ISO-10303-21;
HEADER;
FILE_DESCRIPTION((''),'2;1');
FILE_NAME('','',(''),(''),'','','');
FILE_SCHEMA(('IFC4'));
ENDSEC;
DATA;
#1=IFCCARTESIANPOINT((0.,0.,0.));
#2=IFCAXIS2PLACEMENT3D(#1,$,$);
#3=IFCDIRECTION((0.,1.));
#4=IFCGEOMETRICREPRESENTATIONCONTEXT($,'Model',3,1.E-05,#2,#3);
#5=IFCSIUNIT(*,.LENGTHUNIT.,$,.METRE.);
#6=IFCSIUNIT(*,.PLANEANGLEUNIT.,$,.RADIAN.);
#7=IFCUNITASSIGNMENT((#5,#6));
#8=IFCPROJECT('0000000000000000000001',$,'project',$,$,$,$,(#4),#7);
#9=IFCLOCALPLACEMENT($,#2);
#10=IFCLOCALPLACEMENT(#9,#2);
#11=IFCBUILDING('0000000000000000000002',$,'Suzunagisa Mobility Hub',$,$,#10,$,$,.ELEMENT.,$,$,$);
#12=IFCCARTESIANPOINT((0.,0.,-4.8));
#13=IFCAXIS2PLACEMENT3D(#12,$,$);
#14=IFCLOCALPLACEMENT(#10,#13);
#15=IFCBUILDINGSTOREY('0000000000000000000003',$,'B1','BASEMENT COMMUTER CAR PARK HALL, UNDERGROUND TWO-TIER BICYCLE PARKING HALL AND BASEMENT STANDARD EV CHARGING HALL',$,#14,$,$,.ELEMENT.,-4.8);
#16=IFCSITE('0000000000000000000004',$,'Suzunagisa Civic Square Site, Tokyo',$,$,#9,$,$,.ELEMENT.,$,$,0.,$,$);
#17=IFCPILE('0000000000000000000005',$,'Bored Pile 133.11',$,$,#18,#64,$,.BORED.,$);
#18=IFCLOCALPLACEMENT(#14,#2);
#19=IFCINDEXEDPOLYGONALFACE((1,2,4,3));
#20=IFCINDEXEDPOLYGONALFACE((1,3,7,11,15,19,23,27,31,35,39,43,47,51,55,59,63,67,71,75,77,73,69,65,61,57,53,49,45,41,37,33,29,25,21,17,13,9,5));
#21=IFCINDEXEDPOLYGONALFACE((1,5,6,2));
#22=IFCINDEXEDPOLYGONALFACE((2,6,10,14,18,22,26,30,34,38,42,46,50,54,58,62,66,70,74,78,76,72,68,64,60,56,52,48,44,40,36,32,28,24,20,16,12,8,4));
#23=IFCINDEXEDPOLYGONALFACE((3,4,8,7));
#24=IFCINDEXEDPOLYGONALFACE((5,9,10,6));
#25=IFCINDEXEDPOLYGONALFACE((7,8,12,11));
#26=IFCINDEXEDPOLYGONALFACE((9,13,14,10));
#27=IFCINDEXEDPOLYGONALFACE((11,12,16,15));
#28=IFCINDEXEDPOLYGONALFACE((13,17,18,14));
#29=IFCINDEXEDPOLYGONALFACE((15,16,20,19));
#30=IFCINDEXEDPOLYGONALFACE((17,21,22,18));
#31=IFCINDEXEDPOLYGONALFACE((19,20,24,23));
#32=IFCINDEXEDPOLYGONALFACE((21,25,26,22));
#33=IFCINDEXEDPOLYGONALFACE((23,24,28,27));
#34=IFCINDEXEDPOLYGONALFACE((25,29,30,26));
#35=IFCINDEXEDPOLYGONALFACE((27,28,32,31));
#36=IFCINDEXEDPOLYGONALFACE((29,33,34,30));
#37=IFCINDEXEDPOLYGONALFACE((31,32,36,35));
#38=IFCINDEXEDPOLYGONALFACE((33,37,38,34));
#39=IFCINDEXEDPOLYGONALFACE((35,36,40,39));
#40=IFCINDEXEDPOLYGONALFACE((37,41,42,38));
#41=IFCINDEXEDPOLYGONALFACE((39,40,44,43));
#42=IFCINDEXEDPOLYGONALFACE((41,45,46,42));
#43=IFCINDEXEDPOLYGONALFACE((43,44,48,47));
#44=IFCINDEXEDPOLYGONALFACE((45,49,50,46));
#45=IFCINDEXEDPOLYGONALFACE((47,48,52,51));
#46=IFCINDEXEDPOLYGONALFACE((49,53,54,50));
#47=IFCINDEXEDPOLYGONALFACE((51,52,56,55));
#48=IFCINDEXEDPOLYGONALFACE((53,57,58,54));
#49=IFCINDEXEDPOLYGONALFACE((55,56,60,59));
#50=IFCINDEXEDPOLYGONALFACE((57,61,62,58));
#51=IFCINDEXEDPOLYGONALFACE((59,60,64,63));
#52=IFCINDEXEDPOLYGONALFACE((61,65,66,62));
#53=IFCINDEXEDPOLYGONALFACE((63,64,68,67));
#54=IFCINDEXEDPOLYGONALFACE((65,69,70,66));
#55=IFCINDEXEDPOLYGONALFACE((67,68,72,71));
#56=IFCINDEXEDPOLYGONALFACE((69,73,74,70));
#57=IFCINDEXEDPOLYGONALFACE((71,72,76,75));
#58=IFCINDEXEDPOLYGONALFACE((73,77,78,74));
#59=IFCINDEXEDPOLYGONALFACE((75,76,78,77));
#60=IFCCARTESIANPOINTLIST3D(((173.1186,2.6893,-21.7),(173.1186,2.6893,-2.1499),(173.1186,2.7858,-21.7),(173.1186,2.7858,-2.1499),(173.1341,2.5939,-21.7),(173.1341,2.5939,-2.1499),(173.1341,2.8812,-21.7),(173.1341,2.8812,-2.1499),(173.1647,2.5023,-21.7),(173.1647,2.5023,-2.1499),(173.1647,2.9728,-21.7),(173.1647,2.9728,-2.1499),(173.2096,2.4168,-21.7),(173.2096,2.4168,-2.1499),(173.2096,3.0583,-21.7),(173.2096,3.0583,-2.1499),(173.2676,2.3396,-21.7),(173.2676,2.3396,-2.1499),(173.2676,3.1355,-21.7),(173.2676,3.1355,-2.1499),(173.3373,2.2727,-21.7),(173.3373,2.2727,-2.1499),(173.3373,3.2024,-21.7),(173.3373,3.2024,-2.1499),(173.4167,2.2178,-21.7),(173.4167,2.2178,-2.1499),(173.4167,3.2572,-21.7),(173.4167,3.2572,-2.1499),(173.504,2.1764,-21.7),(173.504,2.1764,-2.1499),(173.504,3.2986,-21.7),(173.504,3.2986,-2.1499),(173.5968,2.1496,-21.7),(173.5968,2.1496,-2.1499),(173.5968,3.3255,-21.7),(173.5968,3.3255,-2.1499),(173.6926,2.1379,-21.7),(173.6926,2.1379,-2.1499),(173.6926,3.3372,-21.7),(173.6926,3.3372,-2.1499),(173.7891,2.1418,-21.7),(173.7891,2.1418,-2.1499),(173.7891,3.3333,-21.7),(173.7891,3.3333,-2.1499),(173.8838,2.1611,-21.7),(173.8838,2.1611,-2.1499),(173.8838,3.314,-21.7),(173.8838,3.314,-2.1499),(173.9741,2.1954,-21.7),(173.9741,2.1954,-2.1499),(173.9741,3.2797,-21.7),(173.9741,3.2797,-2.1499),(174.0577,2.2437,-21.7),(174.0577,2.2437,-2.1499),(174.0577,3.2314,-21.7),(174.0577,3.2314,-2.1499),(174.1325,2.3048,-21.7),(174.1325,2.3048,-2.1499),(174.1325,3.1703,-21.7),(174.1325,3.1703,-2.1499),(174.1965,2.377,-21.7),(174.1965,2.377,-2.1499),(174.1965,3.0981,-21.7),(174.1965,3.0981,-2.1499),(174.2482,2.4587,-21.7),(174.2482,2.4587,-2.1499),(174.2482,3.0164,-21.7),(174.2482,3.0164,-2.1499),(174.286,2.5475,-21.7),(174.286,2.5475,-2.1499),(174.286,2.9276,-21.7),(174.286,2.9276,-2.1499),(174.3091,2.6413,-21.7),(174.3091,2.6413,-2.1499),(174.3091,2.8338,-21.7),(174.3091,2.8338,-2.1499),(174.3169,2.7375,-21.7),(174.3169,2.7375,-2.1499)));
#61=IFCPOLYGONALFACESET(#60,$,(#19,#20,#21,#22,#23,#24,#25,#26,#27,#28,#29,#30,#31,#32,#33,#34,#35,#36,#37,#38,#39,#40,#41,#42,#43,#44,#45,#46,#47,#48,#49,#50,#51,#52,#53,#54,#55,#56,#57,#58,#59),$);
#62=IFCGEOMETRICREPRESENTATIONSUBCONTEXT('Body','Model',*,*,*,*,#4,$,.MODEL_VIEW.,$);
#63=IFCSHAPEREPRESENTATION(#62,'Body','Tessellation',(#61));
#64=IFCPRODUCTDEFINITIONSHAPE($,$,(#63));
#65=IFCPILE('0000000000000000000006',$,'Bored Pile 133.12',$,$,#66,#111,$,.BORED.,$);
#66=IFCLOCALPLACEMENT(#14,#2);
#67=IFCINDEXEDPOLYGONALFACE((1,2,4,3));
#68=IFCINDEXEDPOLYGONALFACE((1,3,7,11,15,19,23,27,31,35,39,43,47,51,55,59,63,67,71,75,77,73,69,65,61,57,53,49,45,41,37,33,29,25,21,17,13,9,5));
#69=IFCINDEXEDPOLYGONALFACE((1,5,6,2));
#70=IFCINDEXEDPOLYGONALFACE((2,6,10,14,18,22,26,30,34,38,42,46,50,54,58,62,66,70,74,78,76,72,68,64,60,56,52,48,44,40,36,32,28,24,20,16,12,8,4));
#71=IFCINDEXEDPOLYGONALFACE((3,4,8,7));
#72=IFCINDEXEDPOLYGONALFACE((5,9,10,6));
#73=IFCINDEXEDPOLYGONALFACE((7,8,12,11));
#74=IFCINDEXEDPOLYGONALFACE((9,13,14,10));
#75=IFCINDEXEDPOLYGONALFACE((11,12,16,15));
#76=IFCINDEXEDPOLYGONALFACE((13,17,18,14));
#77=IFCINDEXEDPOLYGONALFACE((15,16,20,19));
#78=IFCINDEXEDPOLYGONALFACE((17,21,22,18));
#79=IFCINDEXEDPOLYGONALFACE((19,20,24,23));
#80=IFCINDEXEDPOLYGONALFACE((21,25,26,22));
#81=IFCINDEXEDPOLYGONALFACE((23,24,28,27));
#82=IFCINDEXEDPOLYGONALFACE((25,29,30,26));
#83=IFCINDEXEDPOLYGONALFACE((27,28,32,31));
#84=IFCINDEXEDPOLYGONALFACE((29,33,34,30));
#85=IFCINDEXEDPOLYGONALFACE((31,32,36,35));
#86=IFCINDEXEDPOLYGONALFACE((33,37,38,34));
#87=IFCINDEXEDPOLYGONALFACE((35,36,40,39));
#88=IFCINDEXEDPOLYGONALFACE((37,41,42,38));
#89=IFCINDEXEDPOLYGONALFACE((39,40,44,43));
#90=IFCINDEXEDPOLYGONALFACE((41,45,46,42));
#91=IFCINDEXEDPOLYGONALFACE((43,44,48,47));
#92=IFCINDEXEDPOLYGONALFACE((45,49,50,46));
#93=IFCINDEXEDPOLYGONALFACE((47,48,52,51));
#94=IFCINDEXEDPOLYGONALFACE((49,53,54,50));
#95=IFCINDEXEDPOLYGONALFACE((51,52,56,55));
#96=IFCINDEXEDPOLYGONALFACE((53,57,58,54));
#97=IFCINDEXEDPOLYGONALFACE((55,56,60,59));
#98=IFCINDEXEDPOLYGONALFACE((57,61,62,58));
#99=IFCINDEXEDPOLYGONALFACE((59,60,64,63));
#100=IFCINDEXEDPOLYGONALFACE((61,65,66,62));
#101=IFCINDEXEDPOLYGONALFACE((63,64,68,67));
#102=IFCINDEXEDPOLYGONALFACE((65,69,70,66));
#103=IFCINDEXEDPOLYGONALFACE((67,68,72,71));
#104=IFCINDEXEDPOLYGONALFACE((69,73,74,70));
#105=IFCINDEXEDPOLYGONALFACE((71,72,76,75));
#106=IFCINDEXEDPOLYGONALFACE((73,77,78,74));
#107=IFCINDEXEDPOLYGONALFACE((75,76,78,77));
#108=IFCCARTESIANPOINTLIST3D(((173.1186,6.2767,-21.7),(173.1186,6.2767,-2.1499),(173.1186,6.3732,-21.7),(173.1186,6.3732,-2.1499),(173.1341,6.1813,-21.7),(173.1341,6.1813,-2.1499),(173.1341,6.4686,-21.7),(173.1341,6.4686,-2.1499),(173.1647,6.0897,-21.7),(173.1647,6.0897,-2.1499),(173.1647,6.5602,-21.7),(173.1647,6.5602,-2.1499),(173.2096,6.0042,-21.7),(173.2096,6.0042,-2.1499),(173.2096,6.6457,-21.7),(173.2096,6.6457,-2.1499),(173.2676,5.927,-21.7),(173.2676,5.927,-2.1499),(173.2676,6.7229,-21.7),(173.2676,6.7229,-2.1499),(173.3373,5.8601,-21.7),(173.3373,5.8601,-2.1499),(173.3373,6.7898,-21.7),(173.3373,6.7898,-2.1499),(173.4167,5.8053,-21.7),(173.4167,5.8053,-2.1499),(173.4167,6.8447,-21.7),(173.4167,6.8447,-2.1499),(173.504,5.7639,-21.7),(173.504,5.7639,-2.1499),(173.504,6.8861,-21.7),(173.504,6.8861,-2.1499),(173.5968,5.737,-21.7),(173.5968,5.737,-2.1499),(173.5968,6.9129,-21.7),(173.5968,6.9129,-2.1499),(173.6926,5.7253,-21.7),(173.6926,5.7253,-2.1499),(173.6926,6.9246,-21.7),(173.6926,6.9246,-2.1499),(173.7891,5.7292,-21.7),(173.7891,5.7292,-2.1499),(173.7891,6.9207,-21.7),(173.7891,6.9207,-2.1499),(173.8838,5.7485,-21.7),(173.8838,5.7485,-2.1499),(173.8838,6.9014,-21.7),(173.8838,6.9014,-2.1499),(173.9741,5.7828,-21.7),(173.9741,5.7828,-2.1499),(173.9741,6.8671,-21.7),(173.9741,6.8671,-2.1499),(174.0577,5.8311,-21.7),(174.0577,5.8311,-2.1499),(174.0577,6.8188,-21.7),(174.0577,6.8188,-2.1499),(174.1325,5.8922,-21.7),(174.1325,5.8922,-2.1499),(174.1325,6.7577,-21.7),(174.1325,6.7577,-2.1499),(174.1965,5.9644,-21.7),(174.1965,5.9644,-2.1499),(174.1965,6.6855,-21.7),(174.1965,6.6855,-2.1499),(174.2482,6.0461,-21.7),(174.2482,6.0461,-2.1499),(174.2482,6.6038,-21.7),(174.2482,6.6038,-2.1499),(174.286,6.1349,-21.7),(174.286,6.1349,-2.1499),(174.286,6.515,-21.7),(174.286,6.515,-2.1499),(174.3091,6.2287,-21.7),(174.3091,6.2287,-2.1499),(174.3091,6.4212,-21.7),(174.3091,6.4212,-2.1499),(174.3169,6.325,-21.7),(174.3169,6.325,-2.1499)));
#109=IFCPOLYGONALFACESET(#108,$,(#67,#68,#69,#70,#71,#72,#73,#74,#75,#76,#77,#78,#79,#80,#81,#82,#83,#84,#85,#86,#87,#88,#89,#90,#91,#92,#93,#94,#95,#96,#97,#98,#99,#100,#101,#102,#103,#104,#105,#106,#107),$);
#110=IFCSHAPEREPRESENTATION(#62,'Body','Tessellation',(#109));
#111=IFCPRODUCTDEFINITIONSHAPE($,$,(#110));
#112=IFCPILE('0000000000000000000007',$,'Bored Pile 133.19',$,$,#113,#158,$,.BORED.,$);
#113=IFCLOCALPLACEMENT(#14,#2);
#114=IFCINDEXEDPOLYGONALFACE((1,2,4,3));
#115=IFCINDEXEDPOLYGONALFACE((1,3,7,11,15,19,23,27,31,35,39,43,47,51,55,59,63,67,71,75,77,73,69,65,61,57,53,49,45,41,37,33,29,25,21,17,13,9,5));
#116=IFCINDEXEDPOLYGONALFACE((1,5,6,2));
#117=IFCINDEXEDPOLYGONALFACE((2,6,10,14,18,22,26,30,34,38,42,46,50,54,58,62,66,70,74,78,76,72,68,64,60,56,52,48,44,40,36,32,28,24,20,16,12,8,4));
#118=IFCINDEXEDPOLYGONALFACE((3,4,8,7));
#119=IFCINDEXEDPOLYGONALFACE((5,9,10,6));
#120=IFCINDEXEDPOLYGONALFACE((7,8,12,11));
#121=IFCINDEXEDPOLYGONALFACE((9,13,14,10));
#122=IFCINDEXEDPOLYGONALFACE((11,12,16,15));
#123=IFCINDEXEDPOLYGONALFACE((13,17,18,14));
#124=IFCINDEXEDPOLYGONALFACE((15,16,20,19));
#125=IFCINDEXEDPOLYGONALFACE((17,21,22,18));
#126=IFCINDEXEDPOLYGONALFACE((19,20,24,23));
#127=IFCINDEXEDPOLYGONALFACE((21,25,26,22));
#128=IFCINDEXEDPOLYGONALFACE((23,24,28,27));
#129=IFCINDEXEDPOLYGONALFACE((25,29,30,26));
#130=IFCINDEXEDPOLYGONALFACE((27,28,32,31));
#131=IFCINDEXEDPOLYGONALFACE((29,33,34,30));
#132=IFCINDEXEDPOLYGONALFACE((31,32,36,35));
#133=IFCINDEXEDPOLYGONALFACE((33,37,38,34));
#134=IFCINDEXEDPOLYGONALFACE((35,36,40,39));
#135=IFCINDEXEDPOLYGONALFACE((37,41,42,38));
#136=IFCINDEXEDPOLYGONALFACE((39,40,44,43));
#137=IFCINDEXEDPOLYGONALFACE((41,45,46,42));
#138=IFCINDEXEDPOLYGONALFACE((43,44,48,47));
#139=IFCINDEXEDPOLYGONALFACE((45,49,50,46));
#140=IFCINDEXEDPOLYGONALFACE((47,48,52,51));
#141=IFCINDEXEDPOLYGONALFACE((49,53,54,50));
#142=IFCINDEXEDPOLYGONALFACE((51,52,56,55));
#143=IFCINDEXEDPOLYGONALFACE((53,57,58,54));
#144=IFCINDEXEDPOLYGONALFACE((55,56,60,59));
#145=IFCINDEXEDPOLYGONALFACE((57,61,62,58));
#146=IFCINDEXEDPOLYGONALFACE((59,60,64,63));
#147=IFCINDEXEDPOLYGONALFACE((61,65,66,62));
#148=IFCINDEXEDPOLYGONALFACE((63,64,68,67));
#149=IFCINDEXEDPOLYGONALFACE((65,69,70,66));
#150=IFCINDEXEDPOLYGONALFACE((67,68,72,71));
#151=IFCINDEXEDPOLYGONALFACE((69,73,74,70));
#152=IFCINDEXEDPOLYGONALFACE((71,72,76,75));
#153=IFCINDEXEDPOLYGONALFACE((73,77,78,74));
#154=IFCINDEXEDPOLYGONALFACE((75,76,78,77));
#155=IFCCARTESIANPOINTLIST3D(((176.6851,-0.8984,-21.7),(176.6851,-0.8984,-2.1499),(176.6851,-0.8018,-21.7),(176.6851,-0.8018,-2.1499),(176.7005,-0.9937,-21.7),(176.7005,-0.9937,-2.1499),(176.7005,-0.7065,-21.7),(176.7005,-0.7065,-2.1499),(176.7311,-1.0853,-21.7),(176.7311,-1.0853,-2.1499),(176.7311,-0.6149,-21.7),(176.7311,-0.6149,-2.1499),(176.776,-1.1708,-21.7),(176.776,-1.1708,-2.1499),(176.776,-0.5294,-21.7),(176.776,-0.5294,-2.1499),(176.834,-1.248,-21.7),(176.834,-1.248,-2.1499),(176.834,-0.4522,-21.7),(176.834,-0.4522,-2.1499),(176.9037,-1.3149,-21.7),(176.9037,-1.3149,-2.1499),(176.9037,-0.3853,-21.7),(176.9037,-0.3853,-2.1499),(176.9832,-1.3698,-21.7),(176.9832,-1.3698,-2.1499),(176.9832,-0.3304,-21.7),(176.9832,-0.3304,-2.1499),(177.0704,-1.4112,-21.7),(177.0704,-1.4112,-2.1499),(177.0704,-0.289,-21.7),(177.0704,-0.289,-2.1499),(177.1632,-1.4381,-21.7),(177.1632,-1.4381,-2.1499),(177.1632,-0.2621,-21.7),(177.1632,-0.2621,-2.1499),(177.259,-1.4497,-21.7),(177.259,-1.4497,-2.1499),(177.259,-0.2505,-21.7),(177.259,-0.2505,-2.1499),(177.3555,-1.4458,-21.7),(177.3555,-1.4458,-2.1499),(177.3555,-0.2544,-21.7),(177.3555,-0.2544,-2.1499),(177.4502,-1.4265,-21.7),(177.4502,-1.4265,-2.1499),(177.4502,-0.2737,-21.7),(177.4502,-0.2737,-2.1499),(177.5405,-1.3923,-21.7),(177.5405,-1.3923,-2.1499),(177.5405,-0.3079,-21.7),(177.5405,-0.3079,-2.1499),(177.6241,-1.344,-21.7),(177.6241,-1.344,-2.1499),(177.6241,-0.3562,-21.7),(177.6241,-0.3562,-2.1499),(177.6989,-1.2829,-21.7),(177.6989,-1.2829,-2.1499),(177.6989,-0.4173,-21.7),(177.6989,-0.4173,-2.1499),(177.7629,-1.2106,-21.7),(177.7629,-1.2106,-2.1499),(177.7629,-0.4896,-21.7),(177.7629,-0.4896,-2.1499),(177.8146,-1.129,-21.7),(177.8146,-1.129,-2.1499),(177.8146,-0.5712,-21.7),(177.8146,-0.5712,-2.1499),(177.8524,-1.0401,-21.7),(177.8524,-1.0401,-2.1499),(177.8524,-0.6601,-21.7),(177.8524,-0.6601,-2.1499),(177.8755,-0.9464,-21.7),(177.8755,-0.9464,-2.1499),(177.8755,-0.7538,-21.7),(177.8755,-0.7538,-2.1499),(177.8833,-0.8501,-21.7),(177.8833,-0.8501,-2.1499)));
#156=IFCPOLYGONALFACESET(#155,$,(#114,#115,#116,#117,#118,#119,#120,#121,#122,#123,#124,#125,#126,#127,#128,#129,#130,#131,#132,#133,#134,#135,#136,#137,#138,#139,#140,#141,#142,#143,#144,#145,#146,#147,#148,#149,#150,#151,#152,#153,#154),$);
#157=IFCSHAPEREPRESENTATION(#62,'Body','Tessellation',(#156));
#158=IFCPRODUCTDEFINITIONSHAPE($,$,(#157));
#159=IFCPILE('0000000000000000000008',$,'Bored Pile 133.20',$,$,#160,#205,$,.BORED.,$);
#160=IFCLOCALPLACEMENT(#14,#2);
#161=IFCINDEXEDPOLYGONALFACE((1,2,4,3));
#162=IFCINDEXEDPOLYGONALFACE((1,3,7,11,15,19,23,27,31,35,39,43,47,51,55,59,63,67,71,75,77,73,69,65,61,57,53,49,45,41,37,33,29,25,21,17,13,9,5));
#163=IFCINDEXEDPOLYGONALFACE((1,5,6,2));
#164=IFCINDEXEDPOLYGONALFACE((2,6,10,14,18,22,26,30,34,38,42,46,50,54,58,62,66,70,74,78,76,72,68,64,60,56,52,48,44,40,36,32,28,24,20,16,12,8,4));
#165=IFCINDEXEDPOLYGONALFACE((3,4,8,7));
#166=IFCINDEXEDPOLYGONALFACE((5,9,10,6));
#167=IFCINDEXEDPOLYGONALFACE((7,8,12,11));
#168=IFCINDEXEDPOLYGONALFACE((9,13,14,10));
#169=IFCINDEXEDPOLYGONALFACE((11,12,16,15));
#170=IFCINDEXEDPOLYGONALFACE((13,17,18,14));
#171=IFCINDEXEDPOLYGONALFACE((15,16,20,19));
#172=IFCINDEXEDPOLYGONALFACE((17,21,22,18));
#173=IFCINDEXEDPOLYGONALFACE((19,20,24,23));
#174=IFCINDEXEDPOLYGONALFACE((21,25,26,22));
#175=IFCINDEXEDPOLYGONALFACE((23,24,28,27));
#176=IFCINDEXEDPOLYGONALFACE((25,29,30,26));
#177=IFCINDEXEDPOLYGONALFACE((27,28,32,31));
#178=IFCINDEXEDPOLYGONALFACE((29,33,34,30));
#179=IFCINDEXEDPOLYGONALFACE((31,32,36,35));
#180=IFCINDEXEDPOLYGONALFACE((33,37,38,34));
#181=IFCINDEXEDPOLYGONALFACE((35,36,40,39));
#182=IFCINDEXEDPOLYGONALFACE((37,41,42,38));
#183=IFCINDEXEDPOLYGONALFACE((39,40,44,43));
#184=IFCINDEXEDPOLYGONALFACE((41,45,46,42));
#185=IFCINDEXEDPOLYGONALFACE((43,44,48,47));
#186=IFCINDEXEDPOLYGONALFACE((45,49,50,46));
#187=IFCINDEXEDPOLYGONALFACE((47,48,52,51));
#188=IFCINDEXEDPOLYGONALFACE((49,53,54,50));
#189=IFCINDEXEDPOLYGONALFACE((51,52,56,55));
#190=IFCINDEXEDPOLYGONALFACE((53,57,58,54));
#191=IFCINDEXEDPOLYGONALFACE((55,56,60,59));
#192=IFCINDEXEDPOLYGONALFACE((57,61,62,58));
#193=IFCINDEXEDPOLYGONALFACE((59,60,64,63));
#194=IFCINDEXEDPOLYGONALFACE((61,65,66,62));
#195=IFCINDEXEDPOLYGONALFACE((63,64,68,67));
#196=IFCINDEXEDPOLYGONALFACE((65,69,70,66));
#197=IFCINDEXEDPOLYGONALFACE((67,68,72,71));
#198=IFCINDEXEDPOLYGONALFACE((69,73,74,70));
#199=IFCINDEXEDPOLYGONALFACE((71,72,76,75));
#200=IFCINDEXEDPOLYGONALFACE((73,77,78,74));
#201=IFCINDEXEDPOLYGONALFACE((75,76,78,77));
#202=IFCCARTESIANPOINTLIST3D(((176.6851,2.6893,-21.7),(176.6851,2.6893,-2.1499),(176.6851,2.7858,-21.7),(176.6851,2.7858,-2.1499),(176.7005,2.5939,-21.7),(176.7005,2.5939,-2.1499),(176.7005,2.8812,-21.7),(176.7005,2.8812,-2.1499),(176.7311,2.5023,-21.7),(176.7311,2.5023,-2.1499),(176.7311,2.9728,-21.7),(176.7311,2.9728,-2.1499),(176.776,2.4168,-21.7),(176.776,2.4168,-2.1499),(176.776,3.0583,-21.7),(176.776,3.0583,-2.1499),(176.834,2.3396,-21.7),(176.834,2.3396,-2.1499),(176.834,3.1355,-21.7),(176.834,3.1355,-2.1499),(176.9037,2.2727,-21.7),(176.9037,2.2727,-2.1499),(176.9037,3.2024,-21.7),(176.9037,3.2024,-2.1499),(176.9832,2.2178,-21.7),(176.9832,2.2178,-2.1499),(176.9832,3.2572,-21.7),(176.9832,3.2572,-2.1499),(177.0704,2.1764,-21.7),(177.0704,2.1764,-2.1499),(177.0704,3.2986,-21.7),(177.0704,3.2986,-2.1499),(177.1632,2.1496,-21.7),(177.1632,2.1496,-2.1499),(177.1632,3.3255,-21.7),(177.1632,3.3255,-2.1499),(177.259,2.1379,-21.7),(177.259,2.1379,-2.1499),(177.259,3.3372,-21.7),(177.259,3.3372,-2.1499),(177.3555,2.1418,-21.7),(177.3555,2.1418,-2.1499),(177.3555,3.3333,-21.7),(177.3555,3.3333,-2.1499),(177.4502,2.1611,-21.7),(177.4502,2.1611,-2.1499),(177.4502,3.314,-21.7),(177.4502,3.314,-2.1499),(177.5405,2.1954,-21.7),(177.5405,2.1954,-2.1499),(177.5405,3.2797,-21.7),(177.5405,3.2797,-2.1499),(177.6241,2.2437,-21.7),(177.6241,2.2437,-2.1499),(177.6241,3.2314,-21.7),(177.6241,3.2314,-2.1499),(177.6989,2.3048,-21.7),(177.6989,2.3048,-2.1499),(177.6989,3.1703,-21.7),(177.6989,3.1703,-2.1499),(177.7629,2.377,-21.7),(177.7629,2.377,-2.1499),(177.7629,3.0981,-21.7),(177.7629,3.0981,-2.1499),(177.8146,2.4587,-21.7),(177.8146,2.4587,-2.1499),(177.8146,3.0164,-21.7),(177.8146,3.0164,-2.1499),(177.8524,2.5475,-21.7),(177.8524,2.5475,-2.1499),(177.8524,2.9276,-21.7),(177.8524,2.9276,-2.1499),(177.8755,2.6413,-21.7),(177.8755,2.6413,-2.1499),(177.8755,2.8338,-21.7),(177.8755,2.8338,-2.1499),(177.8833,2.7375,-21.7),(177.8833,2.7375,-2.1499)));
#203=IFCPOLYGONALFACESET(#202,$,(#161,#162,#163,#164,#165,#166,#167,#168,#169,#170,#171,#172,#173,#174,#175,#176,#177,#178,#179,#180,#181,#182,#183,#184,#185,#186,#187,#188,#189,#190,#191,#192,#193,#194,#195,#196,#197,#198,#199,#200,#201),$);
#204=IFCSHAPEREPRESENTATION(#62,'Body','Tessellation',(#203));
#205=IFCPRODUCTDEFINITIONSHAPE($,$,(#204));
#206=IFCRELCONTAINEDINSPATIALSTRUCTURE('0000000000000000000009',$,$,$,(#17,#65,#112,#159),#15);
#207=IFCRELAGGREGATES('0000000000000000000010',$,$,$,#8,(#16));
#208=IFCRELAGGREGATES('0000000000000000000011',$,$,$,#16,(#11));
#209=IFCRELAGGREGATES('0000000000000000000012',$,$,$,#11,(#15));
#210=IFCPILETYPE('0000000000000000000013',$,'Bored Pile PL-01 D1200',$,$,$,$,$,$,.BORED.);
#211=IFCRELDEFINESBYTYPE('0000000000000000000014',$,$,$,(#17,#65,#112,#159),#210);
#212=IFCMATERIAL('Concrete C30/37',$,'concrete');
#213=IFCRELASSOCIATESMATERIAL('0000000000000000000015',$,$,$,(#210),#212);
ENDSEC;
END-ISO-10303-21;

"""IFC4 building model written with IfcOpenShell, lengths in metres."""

from ifc_helpers import new_model, si_unit, direction, frame, origin, origin_2d, place, context, subcontext, project, spatial, circle, extrude, material, material_profile, profile_set, type_object, element, save


model = new_model("IFC4")

# Units and contexts
model_context = context("Model", 3, precision=1e-05, world=origin(), true_north=direction((0.0, 1.0)))
body_context = subcontext(model_context, "Body", "Model", "MODEL_VIEW")
ifc_project = project(units=[si_unit("LENGTHUNIT", "METRE"), si_unit("PLANEANGLEUNIT", "RADIAN")], contexts=[model_context])

# Site, building, storey
site_placement = place(None, origin())
site = spatial("IfcSite", under=ifc_project, at=site_placement, Name="Suzunagisa Civic Square Site, Tokyo", CompositionType="ELEMENT", RefElevation=0.0)
building_placement = place(site_placement, origin())
building = spatial("IfcBuilding", under=site, at=building_placement, Name="Suzunagisa Mobility Hub", CompositionType="ELEMENT")
storey_placement = place(building_placement, frame((0.0, 0.0, -4.8)))
storey = spatial("IfcBuildingStorey", under=building, at=storey_placement, Name="B1", Description="BASEMENT COMMUTER CAR PARK HALL, UNDERGROUND TWO-TIER BICYCLE PARKING HALL AND BASEMENT STANDARD EV CHARGING HALL", CompositionType="ELEMENT", Elevation=-4.8)

# Piles
ifc_material_1 = material(Name="Concrete C30/37", Category="concrete")
ifc_material_profile_1 = material_profile(ifc_material_1, circle(Radius=0.6001, at=origin_2d()), Name="BORED PILE D1200")
ifc_profile_set_1 = profile_set([ifc_material_profile_1], Name="Concrete C30/37")
pile_type = type_object("IfcPileType", Name="Bored Pile PL-01 D1200", PredefinedType="BORED", material=ifc_profile_set_1)
for number, where, z_axis, x_axis, name in (
    (1, (173.7168, 2.7375, -2.1499), (0.0, 0.0, -1.0), (1.0, 0.0, 0.0), "Bored Pile 133.11"),
    (2, (173.7168, 6.325, -2.1499), (0.0, 0.0, -1.0), (1.0, 0.0, 0.0), "Bored Pile 133.12"),
    (3, (177.2832, -0.8501, -2.1499), (0.0, 0.0, -1.0), (1.0, 0.0, 0.0), "Bored Pile 133.19"),
    (4, (177.2832, 2.7375, -2.1499), (0.0, 0.0, -1.0), (1.0, 0.0, 0.0), "Bored Pile 133.20"),
):
    element("IfcPile", number, at=place(storey_placement, frame(where, z_axis=z_axis, x_axis=x_axis)), inside=storey, type_object=pile_type, Name=name, PredefinedType="BORED", context=body_context, shape_type="SweptSolid", body=[
        extrude(circle(Radius=0.6001, at=origin_2d()), origin(), (0.0, 0.0, 1.0), 19.55),
    ])

save(model, "model.ifc")
